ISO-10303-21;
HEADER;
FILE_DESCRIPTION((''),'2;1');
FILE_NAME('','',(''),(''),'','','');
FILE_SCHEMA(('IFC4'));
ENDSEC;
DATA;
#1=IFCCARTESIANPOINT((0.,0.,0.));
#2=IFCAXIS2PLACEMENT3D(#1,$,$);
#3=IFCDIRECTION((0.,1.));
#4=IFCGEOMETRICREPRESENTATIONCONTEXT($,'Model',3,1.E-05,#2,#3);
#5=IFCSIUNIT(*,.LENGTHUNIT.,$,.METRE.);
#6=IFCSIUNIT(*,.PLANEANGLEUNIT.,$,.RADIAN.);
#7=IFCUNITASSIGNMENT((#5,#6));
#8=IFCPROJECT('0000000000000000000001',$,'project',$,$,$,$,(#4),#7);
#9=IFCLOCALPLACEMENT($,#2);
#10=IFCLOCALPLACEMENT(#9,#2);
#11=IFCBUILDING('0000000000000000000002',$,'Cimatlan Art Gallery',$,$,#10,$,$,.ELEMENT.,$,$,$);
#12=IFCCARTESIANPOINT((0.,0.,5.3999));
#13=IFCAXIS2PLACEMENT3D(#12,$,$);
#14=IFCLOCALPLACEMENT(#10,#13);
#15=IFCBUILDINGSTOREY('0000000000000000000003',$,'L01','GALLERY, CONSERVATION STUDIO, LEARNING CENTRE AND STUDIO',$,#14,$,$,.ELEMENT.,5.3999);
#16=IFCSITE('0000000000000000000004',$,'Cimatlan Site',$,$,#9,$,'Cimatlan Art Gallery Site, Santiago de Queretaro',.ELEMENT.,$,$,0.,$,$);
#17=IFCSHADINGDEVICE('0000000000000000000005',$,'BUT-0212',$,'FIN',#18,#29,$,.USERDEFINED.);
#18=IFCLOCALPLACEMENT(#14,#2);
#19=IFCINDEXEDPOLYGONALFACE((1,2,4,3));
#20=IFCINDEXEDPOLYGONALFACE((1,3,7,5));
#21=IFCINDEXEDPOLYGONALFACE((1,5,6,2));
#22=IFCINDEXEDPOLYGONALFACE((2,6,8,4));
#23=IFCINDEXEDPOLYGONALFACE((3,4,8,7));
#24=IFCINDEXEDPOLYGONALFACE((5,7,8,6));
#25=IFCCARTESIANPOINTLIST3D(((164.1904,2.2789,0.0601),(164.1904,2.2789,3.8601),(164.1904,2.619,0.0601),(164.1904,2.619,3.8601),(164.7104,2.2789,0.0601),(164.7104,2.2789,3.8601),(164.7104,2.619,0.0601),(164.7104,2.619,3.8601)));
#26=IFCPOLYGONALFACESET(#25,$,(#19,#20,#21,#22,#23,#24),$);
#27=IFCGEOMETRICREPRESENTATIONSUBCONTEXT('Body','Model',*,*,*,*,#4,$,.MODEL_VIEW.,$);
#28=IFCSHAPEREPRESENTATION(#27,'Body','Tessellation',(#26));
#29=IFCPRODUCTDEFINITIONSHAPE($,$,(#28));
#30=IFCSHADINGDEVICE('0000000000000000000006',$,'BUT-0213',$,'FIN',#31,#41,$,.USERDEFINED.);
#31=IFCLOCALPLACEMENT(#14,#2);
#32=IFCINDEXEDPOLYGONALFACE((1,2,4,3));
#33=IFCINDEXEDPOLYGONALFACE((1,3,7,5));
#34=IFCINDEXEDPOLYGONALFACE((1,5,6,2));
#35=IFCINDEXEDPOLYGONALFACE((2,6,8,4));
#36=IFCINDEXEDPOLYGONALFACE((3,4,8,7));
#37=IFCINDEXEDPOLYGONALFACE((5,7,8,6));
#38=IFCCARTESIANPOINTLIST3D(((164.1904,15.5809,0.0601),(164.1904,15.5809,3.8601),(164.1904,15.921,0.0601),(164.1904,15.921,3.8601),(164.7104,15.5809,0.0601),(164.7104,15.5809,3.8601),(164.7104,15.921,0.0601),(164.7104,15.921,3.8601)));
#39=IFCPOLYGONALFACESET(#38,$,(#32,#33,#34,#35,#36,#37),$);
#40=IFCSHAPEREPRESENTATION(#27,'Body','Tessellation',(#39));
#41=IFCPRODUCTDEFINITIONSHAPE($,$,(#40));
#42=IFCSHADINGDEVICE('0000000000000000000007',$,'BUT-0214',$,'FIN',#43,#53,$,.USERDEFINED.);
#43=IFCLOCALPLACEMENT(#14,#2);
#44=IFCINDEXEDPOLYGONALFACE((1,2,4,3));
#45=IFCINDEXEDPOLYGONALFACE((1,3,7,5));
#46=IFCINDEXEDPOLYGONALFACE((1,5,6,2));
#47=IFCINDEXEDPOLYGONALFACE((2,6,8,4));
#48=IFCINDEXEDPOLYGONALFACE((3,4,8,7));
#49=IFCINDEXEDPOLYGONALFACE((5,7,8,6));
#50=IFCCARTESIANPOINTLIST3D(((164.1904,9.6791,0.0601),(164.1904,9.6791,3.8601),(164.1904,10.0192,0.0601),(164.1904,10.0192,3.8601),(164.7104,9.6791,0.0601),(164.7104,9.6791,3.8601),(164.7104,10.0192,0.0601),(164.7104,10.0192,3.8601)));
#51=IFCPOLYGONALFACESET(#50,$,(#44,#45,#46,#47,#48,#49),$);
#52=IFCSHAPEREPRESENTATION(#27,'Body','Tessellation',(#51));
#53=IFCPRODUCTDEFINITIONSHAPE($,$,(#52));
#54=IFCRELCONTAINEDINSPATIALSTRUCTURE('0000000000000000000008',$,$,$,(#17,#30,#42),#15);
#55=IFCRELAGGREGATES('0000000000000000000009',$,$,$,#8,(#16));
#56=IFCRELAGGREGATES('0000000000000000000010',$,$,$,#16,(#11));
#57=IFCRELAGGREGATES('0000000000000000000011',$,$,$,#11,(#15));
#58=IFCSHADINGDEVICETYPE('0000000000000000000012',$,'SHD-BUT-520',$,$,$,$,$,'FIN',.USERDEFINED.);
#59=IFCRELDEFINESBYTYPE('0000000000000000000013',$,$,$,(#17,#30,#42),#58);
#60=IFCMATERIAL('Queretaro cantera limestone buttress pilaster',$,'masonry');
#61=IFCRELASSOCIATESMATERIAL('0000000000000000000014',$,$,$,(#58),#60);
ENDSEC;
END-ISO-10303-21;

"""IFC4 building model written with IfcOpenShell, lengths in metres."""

from ifc_helpers import new_model, si_unit, direction, frame, origin, origin_2d, place, context, subcontext, project, spatial, rectangle, extrude, material, type_object, element, save


model = new_model("IFC4")

# Units and contexts
model_context = context("Model", 3, precision=1e-05, world=origin(), true_north=direction((0.0, 1.0)))
body_context = subcontext(model_context, "Body", "Model", "MODEL_VIEW")
ifc_project = project(units=[si_unit("LENGTHUNIT", "METRE"), si_unit("PLANEANGLEUNIT", "RADIAN")], contexts=[model_context])

# Site, building, storey
site_placement = place(None, origin())
site = spatial("IfcSite", under=ifc_project, at=site_placement, Name="Cimatlan Site", LongName="Cimatlan Art Gallery Site, Santiago de Queretaro", CompositionType="ELEMENT", RefElevation=0.0)
building_placement = place(site_placement, origin())
building = spatial("IfcBuilding", under=site, at=building_placement, Name="Cimatlan Art Gallery", CompositionType="ELEMENT")
storey_placement = place(building_placement, frame((0.0, 0.0, 5.3999)))
storey = spatial("IfcBuildingStorey", under=building, at=storey_placement, Name="L01", Description="GALLERY, CONSERVATION STUDIO, LEARNING CENTRE AND STUDIO", CompositionType="ELEMENT", Elevation=5.3999)

# Shading devices
ifc_material_1 = material(Name="Queretaro cantera limestone buttress pilaster", Category="masonry")
shading_device_type = type_object("IfcShadingDeviceType", Name="SHD-BUT-520", ElementType="FIN", PredefinedType="USERDEFINED", material=ifc_material_1)
for number, where, z_axis, x_axis, name in (
    (1, (164.4504, 2.449, 0.0601), (0.0, 0.0, 1.0), (0.0, -1.0, 0.0), "BUT-0212"),
    (2, (164.4504, 15.751, 0.0601), (0.0, 0.0, 1.0), (0.0, -1.0, 0.0), "BUT-0213"),
    (3, (164.4504, 9.8491, 0.0601), (0.0, 0.0, 1.0), (0.0, -1.0, 0.0), "BUT-0214"),
):
    element("IfcShadingDevice", number, at=place(storey_placement, frame(where, z_axis=z_axis, x_axis=x_axis)), inside=storey, type_object=shading_device_type, Name=name, ObjectType="FIN", PredefinedType="USERDEFINED", context=body_context, shape_type="SweptSolid", body=[
        extrude(rectangle(XDim=0.3401, YDim=0.52, at=origin_2d()), origin(), (0.0, 0.0, 1.0), 3.8),
    ])

save(model, "model.ifc")
